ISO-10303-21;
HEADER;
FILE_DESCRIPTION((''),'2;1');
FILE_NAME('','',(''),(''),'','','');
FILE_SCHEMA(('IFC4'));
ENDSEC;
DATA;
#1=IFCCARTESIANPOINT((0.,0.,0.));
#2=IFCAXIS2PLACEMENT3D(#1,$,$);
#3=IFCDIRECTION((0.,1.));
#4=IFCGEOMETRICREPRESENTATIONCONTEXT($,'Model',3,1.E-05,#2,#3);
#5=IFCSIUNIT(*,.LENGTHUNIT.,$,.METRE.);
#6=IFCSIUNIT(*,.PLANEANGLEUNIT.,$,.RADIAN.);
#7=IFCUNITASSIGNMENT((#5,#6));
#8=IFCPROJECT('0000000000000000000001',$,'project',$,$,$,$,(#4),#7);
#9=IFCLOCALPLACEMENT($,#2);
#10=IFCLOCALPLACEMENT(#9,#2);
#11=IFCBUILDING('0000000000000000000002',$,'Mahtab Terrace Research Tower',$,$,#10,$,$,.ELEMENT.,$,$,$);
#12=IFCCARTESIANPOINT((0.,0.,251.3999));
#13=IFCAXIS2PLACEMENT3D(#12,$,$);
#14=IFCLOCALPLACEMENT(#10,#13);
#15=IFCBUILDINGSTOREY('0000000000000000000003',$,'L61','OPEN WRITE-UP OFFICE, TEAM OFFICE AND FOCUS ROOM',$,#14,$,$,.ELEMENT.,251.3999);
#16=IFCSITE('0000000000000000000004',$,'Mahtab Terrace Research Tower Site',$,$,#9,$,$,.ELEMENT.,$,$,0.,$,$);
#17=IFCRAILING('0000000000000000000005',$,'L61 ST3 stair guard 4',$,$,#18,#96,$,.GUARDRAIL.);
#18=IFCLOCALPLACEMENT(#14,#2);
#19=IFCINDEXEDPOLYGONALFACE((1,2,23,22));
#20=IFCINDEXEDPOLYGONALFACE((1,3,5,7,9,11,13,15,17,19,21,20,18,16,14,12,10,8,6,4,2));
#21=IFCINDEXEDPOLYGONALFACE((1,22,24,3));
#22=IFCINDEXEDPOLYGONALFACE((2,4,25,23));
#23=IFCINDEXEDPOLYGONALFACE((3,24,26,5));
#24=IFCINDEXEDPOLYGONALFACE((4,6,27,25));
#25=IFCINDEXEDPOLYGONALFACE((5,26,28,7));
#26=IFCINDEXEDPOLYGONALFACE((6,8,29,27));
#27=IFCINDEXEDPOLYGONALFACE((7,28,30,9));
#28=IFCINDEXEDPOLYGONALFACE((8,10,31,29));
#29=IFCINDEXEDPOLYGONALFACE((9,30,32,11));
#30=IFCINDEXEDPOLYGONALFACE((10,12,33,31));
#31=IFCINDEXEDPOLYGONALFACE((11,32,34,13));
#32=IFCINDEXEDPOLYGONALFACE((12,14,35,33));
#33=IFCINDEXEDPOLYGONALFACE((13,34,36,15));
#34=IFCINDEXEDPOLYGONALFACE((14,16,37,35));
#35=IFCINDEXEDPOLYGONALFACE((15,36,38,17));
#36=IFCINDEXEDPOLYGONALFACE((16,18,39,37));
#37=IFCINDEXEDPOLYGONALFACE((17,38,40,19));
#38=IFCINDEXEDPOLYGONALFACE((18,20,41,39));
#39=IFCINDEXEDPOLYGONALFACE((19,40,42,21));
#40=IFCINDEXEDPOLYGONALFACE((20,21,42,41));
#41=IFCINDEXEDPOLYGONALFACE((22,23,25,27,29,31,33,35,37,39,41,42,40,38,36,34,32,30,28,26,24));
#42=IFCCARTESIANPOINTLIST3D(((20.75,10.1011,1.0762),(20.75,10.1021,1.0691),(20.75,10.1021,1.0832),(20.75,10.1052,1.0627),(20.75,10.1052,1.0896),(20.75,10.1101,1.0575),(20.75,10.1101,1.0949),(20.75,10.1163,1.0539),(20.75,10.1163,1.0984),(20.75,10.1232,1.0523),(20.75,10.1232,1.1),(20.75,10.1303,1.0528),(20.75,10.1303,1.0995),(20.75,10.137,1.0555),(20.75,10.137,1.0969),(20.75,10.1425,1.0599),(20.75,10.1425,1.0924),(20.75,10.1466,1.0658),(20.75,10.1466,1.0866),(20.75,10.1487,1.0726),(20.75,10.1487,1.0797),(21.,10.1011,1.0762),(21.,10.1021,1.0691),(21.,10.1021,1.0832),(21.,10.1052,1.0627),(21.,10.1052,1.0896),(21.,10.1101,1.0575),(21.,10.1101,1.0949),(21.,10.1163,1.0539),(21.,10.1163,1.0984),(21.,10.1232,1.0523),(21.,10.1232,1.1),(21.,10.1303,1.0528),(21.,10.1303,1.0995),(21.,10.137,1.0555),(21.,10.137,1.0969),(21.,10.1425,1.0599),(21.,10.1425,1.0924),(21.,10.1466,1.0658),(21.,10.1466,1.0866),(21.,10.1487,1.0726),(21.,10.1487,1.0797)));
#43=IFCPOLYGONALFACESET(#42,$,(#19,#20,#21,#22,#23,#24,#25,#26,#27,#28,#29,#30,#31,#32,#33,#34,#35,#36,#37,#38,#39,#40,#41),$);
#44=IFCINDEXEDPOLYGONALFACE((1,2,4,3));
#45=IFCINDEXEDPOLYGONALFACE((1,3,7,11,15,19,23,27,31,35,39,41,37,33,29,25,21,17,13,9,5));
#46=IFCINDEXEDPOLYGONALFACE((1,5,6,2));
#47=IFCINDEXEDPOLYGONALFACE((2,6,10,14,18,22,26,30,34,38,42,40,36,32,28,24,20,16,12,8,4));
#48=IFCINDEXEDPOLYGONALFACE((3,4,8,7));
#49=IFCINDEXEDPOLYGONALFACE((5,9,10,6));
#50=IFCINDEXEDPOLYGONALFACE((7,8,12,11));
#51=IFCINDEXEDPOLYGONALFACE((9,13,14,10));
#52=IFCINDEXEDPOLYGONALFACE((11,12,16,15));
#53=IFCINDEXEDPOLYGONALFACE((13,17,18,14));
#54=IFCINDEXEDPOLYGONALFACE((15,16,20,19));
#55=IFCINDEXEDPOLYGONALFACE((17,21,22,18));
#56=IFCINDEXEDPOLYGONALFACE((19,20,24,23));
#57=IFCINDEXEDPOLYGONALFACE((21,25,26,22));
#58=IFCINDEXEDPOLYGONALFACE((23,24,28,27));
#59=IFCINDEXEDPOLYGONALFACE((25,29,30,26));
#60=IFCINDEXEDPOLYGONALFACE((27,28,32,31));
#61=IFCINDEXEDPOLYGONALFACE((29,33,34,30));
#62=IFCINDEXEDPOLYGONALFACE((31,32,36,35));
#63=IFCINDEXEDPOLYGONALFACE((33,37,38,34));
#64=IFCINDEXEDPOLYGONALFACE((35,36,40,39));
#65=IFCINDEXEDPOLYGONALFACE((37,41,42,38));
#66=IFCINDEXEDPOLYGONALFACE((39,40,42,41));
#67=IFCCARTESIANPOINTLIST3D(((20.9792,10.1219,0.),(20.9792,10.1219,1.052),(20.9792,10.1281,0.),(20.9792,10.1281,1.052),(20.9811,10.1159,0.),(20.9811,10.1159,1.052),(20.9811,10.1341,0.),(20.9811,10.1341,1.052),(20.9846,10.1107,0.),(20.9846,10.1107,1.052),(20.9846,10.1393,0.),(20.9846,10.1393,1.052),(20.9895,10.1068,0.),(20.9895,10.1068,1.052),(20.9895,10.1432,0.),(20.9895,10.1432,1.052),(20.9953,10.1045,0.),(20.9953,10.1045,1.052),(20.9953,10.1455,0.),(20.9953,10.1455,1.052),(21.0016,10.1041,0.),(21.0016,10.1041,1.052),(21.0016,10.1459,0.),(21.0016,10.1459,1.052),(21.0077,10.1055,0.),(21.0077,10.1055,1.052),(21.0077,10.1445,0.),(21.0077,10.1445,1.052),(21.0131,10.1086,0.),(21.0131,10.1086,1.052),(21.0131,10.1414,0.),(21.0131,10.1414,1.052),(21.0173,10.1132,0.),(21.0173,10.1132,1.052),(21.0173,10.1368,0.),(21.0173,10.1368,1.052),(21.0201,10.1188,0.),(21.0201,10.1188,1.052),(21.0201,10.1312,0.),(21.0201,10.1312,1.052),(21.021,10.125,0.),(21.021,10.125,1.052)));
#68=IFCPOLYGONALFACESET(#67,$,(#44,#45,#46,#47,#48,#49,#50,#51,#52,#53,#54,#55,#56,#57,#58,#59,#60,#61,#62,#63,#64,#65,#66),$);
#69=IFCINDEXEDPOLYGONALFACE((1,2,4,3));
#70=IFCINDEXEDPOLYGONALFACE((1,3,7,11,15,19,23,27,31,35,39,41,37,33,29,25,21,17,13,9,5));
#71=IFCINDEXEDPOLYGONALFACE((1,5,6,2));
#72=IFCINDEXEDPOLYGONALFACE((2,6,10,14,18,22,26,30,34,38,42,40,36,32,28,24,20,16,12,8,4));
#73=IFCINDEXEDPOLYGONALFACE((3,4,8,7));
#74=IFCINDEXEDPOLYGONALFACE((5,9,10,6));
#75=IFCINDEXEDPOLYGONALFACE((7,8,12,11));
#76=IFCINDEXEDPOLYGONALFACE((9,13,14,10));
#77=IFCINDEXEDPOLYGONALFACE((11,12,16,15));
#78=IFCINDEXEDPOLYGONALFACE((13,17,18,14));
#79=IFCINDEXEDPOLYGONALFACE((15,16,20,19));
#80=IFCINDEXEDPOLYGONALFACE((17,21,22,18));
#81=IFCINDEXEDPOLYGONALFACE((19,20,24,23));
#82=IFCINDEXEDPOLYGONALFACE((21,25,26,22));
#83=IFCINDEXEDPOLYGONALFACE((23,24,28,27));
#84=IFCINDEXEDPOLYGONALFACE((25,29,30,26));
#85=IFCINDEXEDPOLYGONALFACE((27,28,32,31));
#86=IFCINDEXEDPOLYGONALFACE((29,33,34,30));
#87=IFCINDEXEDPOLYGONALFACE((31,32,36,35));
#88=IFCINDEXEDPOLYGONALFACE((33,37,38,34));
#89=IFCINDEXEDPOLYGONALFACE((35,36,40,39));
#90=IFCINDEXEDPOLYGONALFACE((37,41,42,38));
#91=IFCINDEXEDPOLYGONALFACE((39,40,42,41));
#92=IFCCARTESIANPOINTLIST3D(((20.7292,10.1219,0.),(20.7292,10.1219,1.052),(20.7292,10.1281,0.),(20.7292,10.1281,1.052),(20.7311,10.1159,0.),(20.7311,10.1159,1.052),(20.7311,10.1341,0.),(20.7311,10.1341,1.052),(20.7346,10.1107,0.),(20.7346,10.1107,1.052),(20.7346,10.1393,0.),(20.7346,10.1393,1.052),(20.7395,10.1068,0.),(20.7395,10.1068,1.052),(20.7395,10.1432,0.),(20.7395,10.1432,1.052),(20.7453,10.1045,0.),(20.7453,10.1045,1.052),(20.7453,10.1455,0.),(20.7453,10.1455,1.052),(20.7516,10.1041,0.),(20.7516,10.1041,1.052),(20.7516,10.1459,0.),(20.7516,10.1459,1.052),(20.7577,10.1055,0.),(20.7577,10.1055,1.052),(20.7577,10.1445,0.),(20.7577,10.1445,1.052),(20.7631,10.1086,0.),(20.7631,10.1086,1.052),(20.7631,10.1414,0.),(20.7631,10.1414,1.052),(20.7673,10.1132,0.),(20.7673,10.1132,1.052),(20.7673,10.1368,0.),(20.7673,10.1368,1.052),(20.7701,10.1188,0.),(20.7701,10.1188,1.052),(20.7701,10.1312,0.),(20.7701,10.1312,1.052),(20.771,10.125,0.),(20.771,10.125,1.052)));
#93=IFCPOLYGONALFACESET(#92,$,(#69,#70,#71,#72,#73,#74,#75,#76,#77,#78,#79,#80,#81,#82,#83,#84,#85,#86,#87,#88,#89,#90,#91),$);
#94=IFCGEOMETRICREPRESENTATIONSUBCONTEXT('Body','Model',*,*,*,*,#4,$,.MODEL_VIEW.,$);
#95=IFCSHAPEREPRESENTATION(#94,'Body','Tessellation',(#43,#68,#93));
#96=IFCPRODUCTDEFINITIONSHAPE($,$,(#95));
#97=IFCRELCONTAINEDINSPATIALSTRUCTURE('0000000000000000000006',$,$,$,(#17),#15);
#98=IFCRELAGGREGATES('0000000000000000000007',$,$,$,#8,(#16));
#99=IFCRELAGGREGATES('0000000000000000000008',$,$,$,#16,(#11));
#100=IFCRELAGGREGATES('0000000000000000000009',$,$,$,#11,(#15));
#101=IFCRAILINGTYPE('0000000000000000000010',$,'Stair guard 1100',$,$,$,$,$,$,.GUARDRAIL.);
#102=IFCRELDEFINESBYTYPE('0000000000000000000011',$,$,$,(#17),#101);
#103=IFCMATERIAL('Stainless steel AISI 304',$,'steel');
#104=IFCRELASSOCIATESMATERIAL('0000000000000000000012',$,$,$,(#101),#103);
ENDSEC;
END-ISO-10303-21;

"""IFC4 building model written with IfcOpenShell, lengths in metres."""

from ifc_helpers import new_model, si_unit, direction, frame, origin, origin_2d, place, context, subcontext, project, spatial, circle, extrude, material, type_object, element, save


model = new_model("IFC4")

# Units and contexts
model_context = context("Model", 3, precision=1e-05, world=origin(), true_north=direction((0.0, 1.0)))
body_context = subcontext(model_context, "Body", "Model", "MODEL_VIEW")
ifc_project = project(units=[si_unit("LENGTHUNIT", "METRE"), si_unit("PLANEANGLEUNIT", "RADIAN")], contexts=[model_context])

# Site, building, storey
site_placement = place(None, origin())
site = spatial("IfcSite", under=ifc_project, at=site_placement, Name="Mahtab Terrace Research Tower Site", CompositionType="ELEMENT", RefElevation=0.0)
building_placement = place(site_placement, origin())
building = spatial("IfcBuilding", under=site, at=building_placement, Name="Mahtab Terrace Research Tower", CompositionType="ELEMENT")
storey_placement = place(building_placement, frame((0.0, 0.0, 251.3999)))
storey = spatial("IfcBuildingStorey", under=building, at=storey_placement, Name="L61", Description="OPEN WRITE-UP OFFICE, TEAM OFFICE AND FOCUS ROOM", CompositionType="ELEMENT", Elevation=251.3999)

# Shared definitions
ifc_material_1 = material(Name="Stainless steel AISI 304", Category="steel")

# Railing
railing_type_1 = type_object("IfcRailingType", Name="Stair guard 1100", PredefinedType="GUARDRAIL", material=ifc_material_1)
railing_1_placement = place(storey_placement, frame((21.0, 10.125, 0.0)))
element("IfcRailing", 1, at=railing_1_placement, inside=storey, type_object=railing_type_1, Name="L61 ST3 stair guard 4", PredefinedType="GUARDRAIL", context=body_context, shape_type="SweptSolid", body=[
    extrude(circle(Radius=0.0239, at=origin_2d()), frame((0.0, 0.0, 1.0762), z_axis=(-1.0, 0.0, 0.0), x_axis=(0.0, -1.0, 0.0)), (0.0, 0.0, 1.0), 0.25),
    extrude(circle(Radius=0.021, at=origin_2d()), origin(), (0.0, 0.0, 1.0), 1.052),
    extrude(circle(Radius=0.021, at=origin_2d()), frame((-0.25, 0.0, 0.0)), (0.0, 0.0, 1.0), 1.052),
])

save(model, "model.ifc")
